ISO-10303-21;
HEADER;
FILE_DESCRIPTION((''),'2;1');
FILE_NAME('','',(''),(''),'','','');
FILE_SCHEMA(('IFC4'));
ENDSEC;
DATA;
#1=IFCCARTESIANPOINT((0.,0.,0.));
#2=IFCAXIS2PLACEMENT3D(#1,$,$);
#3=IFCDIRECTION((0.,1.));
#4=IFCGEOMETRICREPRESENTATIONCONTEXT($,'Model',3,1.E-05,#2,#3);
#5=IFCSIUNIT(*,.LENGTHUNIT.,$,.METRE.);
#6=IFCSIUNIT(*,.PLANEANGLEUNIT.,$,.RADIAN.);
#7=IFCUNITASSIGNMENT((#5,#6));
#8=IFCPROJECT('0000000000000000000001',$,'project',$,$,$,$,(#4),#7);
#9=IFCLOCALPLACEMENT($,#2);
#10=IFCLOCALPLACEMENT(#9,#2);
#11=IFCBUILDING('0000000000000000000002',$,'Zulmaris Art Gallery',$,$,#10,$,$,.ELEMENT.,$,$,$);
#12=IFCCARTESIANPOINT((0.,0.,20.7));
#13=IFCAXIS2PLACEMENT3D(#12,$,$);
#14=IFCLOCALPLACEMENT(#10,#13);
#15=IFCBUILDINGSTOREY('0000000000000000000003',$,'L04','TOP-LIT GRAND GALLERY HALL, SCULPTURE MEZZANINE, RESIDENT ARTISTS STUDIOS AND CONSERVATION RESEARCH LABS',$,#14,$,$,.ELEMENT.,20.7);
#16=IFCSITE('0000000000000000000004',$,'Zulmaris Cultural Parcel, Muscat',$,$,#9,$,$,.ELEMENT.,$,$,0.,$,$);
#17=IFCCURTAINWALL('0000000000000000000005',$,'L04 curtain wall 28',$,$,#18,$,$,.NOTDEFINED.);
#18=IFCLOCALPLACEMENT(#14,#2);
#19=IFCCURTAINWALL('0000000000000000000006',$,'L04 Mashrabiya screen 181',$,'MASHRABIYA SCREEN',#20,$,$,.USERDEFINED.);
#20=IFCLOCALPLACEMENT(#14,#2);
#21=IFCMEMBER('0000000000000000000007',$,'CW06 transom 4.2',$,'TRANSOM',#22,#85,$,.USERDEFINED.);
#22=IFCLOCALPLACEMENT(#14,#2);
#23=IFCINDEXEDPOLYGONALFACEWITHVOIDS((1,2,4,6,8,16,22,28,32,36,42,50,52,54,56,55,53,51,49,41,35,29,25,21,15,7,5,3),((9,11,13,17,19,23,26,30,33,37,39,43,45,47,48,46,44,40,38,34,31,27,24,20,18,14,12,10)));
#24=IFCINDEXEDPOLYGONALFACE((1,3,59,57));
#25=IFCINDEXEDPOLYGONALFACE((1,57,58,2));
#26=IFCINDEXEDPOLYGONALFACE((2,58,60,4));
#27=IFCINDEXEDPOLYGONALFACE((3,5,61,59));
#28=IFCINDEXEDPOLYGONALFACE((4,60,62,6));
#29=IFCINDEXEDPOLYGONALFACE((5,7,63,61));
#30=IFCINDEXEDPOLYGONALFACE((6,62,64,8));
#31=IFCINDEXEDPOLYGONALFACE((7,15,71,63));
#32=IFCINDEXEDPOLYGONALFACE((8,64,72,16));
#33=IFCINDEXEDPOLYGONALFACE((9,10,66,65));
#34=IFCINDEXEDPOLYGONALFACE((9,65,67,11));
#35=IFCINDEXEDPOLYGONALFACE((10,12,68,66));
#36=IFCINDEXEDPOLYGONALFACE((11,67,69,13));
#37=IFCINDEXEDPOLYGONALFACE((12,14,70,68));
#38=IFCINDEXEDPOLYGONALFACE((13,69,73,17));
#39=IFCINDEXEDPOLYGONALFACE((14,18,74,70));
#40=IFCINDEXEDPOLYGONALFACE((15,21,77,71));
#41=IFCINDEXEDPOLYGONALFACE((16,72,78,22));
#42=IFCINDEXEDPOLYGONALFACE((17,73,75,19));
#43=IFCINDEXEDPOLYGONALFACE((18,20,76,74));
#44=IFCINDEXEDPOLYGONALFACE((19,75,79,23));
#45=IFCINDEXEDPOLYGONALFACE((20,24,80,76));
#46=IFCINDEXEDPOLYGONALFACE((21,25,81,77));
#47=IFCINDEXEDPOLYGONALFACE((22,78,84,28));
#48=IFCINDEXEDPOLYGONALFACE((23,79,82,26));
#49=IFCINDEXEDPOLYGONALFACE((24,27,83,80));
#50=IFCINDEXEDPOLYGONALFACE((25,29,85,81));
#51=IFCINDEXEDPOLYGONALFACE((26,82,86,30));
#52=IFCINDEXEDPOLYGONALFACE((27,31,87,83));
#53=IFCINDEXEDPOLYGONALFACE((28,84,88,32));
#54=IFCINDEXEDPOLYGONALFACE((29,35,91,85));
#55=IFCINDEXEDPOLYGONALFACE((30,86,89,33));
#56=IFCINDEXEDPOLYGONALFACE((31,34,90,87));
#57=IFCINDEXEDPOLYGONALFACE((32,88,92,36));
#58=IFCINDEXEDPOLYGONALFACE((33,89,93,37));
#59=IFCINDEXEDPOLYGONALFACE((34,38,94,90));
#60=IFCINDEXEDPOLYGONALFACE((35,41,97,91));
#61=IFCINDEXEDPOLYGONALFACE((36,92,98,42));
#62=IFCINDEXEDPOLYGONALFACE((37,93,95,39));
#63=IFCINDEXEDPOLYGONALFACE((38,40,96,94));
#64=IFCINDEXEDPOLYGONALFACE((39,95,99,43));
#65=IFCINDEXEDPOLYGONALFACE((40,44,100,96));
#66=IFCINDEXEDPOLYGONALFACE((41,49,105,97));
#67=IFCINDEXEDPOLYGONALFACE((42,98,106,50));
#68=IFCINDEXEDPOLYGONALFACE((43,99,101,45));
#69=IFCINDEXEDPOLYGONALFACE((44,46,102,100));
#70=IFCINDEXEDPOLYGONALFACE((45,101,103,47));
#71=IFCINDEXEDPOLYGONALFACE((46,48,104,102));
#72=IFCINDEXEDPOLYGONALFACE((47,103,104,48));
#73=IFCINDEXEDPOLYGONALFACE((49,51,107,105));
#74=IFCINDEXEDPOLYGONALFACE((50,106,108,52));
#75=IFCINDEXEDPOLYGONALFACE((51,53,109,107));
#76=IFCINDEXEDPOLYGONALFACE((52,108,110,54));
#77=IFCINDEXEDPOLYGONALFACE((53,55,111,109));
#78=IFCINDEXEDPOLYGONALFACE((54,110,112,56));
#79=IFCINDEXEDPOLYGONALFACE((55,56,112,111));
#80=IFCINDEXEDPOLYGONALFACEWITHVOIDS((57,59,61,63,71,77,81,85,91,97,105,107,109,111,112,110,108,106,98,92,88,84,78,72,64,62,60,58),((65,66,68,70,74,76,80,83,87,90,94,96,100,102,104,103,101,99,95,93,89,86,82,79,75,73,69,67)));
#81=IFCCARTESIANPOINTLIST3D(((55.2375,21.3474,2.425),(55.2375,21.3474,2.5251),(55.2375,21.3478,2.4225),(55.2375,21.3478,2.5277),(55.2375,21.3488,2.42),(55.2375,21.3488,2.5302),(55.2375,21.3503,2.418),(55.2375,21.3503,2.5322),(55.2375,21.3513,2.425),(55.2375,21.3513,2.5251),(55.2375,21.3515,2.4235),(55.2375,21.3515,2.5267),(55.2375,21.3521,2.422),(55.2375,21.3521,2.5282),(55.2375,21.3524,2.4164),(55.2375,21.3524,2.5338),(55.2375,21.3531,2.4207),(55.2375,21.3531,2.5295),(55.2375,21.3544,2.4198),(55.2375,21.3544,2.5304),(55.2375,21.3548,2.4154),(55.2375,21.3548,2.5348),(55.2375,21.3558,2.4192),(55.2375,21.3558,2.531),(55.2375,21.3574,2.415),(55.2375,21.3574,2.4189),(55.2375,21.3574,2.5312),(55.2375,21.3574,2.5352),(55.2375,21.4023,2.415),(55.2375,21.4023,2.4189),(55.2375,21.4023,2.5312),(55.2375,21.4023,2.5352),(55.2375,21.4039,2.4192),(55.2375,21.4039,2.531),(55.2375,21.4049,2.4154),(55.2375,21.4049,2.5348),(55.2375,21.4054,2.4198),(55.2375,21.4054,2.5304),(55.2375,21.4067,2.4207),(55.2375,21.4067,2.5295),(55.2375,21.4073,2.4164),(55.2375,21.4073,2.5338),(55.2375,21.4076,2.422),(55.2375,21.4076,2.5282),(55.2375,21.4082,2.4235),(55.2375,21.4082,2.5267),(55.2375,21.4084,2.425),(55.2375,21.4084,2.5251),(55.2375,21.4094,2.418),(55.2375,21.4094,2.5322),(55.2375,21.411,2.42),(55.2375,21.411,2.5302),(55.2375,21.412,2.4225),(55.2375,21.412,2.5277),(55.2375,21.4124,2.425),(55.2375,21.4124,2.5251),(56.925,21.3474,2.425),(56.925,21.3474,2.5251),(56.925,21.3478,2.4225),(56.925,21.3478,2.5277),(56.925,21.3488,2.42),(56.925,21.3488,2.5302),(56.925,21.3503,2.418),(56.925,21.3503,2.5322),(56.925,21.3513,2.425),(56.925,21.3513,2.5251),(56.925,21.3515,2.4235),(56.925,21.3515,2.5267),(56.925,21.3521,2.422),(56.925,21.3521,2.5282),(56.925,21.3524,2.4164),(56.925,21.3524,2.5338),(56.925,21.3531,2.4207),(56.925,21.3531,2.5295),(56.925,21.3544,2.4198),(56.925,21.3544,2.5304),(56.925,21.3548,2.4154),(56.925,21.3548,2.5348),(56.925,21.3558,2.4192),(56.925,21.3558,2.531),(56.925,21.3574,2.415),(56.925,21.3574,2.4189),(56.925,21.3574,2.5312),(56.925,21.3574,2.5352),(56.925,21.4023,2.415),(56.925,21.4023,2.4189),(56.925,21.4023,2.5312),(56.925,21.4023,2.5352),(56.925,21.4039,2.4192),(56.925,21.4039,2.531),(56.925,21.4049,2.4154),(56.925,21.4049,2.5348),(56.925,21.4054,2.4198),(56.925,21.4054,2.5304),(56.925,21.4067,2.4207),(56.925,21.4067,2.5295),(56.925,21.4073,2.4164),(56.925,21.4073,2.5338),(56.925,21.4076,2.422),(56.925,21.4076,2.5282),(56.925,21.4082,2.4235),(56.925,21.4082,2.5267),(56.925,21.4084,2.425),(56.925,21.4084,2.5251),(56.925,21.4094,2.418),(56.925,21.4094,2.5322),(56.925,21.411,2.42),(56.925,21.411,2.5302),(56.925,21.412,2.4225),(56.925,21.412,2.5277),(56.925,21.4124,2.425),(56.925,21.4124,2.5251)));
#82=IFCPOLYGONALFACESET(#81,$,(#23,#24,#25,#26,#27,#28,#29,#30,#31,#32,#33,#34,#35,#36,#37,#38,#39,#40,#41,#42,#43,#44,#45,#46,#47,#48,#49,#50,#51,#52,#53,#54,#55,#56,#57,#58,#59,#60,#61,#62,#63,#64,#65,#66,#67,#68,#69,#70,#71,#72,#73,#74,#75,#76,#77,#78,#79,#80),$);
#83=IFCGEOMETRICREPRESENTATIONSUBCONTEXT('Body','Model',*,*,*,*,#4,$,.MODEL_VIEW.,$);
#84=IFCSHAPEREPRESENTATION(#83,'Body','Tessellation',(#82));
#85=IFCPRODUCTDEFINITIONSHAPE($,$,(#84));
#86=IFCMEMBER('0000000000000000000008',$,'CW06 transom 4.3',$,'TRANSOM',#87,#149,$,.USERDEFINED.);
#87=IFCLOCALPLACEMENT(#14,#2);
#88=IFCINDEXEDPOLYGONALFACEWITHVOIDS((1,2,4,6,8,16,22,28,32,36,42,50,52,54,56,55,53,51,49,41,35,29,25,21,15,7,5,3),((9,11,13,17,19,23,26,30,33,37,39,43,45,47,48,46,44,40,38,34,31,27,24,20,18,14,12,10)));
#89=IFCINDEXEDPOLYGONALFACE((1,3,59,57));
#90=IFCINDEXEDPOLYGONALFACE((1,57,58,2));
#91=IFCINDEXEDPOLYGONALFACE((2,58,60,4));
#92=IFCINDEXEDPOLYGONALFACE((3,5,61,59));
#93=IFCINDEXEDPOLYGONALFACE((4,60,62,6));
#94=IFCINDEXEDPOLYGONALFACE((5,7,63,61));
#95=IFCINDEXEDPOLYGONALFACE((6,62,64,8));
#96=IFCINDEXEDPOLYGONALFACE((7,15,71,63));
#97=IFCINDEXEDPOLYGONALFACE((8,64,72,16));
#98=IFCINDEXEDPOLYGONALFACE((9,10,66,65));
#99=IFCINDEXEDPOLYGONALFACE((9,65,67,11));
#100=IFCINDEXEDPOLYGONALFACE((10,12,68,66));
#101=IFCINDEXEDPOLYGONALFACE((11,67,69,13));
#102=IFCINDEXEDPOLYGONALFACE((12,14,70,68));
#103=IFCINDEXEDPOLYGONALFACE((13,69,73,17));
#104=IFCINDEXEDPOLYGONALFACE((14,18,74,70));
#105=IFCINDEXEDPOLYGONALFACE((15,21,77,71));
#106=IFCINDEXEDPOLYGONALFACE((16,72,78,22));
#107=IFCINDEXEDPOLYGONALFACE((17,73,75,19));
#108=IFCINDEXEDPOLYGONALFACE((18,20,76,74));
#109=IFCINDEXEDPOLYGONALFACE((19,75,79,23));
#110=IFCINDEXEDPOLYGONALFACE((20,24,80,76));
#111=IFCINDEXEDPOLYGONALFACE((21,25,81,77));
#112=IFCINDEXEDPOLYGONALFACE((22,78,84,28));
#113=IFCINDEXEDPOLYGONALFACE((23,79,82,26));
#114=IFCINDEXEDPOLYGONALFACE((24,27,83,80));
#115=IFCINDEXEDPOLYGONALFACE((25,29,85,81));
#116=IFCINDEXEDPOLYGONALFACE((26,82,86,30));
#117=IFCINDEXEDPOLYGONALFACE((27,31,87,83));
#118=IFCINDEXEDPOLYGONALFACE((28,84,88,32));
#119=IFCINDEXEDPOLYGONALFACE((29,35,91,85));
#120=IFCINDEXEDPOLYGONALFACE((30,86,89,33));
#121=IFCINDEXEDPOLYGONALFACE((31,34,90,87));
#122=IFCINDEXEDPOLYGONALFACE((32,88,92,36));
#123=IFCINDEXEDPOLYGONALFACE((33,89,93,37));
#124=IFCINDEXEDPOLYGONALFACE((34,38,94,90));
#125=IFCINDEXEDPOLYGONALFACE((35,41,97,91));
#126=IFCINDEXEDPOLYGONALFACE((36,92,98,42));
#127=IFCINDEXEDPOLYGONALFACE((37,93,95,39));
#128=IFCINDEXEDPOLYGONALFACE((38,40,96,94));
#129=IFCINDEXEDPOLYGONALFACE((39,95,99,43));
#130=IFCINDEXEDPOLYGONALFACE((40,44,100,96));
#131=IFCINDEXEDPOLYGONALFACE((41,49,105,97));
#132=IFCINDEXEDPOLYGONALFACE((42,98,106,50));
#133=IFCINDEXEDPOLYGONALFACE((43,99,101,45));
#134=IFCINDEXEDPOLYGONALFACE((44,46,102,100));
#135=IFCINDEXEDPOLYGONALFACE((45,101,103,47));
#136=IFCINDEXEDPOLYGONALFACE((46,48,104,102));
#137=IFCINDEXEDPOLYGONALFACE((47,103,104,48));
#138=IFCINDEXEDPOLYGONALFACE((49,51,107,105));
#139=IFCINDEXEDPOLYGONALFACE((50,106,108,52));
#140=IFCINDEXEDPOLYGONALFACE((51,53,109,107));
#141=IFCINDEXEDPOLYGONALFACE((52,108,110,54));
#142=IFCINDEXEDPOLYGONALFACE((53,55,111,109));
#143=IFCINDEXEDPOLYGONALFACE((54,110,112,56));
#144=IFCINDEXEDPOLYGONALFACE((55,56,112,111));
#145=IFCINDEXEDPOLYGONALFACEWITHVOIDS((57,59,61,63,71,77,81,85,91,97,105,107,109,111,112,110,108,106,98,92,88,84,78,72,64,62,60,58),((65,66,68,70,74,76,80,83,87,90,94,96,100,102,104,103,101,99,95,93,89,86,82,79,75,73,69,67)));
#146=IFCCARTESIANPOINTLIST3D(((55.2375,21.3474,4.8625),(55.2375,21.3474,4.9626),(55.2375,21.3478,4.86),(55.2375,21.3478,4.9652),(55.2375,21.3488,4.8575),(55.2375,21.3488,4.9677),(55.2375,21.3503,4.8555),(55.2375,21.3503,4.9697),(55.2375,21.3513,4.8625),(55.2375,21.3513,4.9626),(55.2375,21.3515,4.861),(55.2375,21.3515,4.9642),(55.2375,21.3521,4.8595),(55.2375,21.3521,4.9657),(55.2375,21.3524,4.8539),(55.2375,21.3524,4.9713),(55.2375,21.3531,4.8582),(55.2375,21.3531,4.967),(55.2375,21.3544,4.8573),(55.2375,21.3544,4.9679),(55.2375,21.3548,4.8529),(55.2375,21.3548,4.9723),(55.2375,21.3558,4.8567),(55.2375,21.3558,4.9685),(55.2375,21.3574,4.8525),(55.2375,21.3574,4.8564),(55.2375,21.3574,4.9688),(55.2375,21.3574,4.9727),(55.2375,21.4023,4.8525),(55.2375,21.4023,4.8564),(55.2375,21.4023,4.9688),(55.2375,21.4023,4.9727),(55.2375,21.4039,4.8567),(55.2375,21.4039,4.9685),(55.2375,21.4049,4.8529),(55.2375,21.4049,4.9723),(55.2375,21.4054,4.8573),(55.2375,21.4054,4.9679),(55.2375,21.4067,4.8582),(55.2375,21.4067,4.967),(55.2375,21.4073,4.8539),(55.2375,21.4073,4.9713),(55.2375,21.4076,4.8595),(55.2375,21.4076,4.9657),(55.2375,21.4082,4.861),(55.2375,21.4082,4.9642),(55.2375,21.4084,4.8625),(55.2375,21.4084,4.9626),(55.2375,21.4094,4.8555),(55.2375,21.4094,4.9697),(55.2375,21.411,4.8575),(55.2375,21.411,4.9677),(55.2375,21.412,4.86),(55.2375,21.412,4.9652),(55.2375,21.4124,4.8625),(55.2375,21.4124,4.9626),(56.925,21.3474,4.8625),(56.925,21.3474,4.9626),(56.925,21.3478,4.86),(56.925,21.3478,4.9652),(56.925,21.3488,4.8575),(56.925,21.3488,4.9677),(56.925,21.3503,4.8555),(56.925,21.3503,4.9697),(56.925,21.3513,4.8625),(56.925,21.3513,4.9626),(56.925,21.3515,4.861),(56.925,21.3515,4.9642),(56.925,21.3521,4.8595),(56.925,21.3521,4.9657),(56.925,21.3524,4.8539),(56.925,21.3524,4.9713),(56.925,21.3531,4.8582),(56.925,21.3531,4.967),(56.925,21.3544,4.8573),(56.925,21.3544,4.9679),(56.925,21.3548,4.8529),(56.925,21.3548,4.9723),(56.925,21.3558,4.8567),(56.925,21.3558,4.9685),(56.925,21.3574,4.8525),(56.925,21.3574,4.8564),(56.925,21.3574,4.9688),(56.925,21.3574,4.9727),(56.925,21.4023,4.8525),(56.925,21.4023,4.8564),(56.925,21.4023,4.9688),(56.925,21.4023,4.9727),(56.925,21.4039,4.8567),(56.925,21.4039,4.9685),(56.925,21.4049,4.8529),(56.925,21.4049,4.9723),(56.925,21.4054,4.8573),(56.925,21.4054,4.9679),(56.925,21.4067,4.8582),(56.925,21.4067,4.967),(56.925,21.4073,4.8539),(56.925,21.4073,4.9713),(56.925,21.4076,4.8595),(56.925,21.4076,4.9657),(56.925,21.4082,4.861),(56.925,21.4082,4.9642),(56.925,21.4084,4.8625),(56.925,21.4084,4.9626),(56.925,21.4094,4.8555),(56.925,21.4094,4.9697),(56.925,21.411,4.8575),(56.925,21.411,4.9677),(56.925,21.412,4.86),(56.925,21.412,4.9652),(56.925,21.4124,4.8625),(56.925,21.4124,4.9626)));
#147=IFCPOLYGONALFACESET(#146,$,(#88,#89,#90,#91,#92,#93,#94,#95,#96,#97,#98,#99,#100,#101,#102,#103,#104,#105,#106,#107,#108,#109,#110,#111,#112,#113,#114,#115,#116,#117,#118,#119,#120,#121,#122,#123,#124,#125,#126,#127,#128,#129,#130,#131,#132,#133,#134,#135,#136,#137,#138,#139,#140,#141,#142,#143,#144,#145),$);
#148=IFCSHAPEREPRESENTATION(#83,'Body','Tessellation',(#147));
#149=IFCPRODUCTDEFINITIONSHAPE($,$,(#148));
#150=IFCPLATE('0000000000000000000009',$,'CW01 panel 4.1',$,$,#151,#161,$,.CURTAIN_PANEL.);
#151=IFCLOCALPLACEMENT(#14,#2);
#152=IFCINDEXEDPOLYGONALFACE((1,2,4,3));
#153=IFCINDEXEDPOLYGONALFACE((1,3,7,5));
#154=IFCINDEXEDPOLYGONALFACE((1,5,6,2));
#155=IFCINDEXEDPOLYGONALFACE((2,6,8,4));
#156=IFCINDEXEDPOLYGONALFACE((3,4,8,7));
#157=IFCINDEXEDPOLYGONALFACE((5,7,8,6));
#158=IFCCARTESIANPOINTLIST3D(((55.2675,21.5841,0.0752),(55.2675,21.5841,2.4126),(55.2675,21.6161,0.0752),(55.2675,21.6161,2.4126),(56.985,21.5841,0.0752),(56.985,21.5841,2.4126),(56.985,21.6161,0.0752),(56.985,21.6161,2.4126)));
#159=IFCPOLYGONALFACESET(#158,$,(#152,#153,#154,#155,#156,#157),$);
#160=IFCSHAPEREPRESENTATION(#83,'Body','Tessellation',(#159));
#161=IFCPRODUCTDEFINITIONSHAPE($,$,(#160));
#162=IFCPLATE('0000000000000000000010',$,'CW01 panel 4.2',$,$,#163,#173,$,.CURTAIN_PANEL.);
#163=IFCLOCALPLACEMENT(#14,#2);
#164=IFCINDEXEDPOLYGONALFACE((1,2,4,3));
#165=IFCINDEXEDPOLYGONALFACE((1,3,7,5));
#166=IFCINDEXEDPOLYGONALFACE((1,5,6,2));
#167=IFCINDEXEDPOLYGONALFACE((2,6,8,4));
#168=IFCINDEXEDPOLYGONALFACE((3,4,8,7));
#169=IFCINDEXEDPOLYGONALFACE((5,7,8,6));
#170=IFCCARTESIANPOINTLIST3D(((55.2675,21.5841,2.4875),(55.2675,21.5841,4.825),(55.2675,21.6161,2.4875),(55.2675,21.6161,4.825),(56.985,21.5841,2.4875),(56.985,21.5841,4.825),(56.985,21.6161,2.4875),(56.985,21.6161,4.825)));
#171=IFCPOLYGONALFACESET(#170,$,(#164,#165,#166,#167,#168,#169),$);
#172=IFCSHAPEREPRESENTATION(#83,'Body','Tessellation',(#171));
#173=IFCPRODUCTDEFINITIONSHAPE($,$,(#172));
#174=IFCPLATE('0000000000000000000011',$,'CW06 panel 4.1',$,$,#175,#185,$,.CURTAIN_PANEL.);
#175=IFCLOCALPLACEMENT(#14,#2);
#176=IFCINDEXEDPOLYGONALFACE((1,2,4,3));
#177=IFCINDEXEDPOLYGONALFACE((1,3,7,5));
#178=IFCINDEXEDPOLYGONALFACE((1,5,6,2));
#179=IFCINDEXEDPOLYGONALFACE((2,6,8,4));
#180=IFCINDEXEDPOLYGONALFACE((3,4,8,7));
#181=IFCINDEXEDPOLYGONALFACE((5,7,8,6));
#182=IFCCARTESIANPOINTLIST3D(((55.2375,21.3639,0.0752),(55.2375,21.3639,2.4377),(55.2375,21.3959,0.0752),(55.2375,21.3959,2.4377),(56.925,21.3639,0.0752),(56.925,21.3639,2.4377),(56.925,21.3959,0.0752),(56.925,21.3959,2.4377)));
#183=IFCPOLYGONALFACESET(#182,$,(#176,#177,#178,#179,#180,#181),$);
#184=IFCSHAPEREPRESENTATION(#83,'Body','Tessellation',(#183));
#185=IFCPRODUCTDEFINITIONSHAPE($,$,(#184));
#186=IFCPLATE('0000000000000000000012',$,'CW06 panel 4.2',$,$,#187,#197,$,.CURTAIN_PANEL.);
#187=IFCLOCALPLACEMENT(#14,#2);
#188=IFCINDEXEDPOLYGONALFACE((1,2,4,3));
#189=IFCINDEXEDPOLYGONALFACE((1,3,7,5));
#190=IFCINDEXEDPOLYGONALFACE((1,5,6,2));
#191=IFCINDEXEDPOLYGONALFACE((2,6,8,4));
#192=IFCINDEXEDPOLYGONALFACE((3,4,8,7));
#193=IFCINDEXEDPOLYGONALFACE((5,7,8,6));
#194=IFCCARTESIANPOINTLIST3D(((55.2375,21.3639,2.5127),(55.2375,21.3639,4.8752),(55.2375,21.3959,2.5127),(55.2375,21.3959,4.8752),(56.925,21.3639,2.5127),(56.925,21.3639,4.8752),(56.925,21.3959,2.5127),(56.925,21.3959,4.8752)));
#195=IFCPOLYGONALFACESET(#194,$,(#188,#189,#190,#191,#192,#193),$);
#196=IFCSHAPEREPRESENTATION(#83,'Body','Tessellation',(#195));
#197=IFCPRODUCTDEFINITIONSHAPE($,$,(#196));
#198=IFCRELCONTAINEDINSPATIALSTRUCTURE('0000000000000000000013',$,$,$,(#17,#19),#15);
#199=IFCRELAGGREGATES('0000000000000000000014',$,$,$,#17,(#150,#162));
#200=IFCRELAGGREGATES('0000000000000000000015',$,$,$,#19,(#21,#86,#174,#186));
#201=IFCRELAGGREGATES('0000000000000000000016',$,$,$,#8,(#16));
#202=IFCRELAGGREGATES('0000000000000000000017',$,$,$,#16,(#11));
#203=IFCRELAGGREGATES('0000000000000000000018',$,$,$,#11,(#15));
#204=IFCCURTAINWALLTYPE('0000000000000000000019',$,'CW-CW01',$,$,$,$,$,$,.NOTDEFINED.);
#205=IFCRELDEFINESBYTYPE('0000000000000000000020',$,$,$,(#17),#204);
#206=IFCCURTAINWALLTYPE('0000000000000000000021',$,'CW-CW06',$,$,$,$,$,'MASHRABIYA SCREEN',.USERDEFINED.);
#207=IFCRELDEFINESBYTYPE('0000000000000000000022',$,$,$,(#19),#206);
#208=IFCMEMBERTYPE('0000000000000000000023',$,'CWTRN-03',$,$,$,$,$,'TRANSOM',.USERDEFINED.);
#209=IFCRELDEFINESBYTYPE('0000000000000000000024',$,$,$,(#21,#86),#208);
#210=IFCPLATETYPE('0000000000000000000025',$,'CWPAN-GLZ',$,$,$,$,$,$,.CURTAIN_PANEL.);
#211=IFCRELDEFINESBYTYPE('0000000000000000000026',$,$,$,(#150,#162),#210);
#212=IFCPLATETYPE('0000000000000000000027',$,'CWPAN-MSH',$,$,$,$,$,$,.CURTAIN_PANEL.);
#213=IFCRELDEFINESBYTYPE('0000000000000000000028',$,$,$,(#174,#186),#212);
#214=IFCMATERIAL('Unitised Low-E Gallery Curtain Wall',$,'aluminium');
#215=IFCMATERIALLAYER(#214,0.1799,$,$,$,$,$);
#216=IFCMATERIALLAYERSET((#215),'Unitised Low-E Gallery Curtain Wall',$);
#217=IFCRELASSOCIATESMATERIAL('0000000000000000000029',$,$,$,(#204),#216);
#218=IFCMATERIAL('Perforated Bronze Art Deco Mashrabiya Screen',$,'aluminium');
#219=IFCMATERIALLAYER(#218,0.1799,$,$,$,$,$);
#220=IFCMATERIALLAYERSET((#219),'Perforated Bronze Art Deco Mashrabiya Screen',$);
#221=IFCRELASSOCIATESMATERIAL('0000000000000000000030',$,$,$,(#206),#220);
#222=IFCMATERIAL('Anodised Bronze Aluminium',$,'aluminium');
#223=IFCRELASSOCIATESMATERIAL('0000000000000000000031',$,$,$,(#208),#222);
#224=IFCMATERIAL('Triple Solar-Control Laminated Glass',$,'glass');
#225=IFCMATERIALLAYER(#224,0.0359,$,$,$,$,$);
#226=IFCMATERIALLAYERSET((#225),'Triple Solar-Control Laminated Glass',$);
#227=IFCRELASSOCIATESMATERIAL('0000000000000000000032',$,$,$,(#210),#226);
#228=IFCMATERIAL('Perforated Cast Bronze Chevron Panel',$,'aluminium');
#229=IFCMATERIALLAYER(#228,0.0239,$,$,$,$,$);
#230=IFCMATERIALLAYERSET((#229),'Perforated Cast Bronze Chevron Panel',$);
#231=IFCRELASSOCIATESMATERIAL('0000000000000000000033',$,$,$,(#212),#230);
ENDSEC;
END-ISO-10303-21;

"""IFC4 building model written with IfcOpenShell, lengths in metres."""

from ifc_helpers import new_model, si_unit, direction, frame, origin, origin_2d, place, context, subcontext, project, spatial, rectangle, hollow_rectangle, extrude, material, layer, layer_set, material_profile, profile_set, type_object, element, aggregate, save


model = new_model("IFC4")

# Units and contexts
model_context = context("Model", 3, precision=1e-05, world=origin(), true_north=direction((0.0, 1.0)))
body_context = subcontext(model_context, "Body", "Model", "MODEL_VIEW")
ifc_project = project(units=[si_unit("LENGTHUNIT", "METRE"), si_unit("PLANEANGLEUNIT", "RADIAN")], contexts=[model_context])

# Site, building, storey
site_placement = place(None, origin())
site = spatial("IfcSite", under=ifc_project, at=site_placement, Name="Zulmaris Cultural Parcel, Muscat", CompositionType="ELEMENT", RefElevation=0.0)
building_placement = place(site_placement, origin())
building = spatial("IfcBuilding", under=site, at=building_placement, Name="Zulmaris Art Gallery", CompositionType="ELEMENT")
storey_placement = place(building_placement, frame((0.0, 0.0, 20.7)))
storey = spatial("IfcBuildingStorey", under=building, at=storey_placement, Name="L04", Description="TOP-LIT GRAND GALLERY HALL, SCULPTURE MEZZANINE, RESIDENT ARTISTS STUDIOS AND CONSERVATION RESEARCH LABS", CompositionType="ELEMENT", Elevation=20.7)

# Curtain wall
ifc_material_1 = material(Name="Unitised Low-E Gallery Curtain Wall", Category="aluminium")
ifc_layer_1 = layer(ifc_material_1, 0.1799)
ifc_layer_set_1 = layer_set([ifc_layer_1], Name="Unitised Low-E Gallery Curtain Wall")
curtain_wall_type_1 = type_object("IfcCurtainWallType", Name="CW-CW01", PredefinedType="NOTDEFINED", material=ifc_layer_set_1)
curtain_wall_1_placement = place(storey_placement, origin())
curtain_wall_1 = element("IfcCurtainWall", 1, at=curtain_wall_1_placement, inside=storey, type_object=curtain_wall_type_1, Name="L04 curtain wall 28", PredefinedType="NOTDEFINED")
ifc_material_2 = material(Name="Anodised Bronze Aluminium", Category="aluminium")

# Curtain wall
ifc_material_3 = material(Name="Perforated Bronze Art Deco Mashrabiya Screen", Category="aluminium")
ifc_layer_2 = layer(ifc_material_3, 0.1799)
ifc_layer_set_2 = layer_set([ifc_layer_2], Name="Perforated Bronze Art Deco Mashrabiya Screen")
curtain_wall_type_2 = type_object("IfcCurtainWallType", Name="CW-CW06", ElementType="MASHRABIYA SCREEN", PredefinedType="USERDEFINED", material=ifc_layer_set_2)
curtain_wall_2_placement = place(storey_placement, origin())
curtain_wall_2 = element("IfcCurtainWall", 2, at=curtain_wall_2_placement, inside=storey, type_object=curtain_wall_type_2, Name="L04 Mashrabiya screen 181", ObjectType="MASHRABIYA SCREEN", PredefinedType="USERDEFINED")

# Members
ifc_material_profile_1 = material_profile(ifc_material_2, hollow_rectangle(XDim=0.0649, YDim=0.1201, WallThickness=0.0039, InnerFilletRadius=0.0061, OuterFilletRadius=0.01, at=origin_2d()), Name="ALU 65x120x4")
ifc_profile_set_1 = profile_set([ifc_material_profile_1], Name="Anodised Bronze Aluminium")
member_type_1 = type_object("IfcMemberType", Name="CWTRN-03", ElementType="TRANSOM", PredefinedType="USERDEFINED", material=ifc_profile_set_1)
member_1_placement = place(storey_placement, frame((55.2375, 21.3799, 2.4751), z_axis=(1.0, 0.0, 0.0), x_axis=(0.0, 1.0, 0.0)))
member_1 = element("IfcMember", 3, at=member_1_placement, type_object=member_type_1, Name="CW06 transom 4.2", ObjectType="TRANSOM", PredefinedType="USERDEFINED", context=body_context, shape_type="SweptSolid", body=[
    extrude(hollow_rectangle(XDim=0.0649, YDim=0.1201, WallThickness=0.0039, InnerFilletRadius=0.0061, OuterFilletRadius=0.01, at=origin_2d()), origin(), (0.0, 0.0, 1.0), 1.6875),
])
member_2_placement = place(storey_placement, frame((55.2375, 21.3799, 4.9126), z_axis=(1.0, 0.0, 0.0), x_axis=(0.0, 1.0, 0.0)))
member_2 = element("IfcMember", 4, at=member_2_placement, type_object=member_type_1, Name="CW06 transom 4.3", ObjectType="TRANSOM", PredefinedType="USERDEFINED", context=body_context, shape_type="SweptSolid", body=[
    extrude(hollow_rectangle(XDim=0.0649, YDim=0.1201, WallThickness=0.0039, InnerFilletRadius=0.0061, OuterFilletRadius=0.01, at=origin_2d()), origin(), (0.0, 0.0, 1.0), 1.6875),
])

# Plates
ifc_material_4 = material(Name="Triple Solar-Control Laminated Glass", Category="glass")
ifc_layer_3 = layer(ifc_material_4, 0.0359)
ifc_layer_set_3 = layer_set([ifc_layer_3], Name="Triple Solar-Control Laminated Glass")
plate_type_1 = type_object("IfcPlateType", Name="CWPAN-GLZ", PredefinedType="CURTAIN_PANEL", material=ifc_layer_set_3)
plate_1_placement = place(storey_placement, frame((56.1262, 21.6001, 0.0752), z_axis=(0.0, 0.0, 1.0), x_axis=(1.0, 0.0, 0.0)))
plate_1 = element("IfcPlate", 5, at=plate_1_placement, type_object=plate_type_1, Name="CW01 panel 4.1", PredefinedType="CURTAIN_PANEL", context=body_context, shape_type="SweptSolid", body=[
    extrude(rectangle(XDim=1.7175, YDim=0.032, at=origin_2d()), origin(), (0.0, 0.0, 1.0), 2.3374),
])
plate_2_placement = place(storey_placement, frame((56.1262, 21.6001, 2.4875), z_axis=(0.0, 0.0, 1.0), x_axis=(1.0, 0.0, 0.0)))
plate_2 = element("IfcPlate", 6, at=plate_2_placement, type_object=plate_type_1, Name="CW01 panel 4.2", PredefinedType="CURTAIN_PANEL", context=body_context, shape_type="SweptSolid", body=[
    extrude(rectangle(XDim=1.7175, YDim=0.032, at=origin_2d()), origin(), (0.0, 0.0, 1.0), 2.3374),
])
aggregate(curtain_wall_1, [plate_1, plate_2])
ifc_material_5 = material(Name="Perforated Cast Bronze Chevron Panel", Category="aluminium")
ifc_layer_4 = layer(ifc_material_5, 0.0239)
ifc_layer_set_4 = layer_set([ifc_layer_4], Name="Perforated Cast Bronze Chevron Panel")
plate_type_2 = type_object("IfcPlateType", Name="CWPAN-MSH", PredefinedType="CURTAIN_PANEL", material=ifc_layer_set_4)
plate_3_placement = place(storey_placement, frame((56.0813, 21.3799, 0.0752), z_axis=(0.0, 0.0, 1.0), x_axis=(1.0, 0.0, 0.0)))
plate_3 = element("IfcPlate", 7, at=plate_3_placement, type_object=plate_type_2, Name="CW06 panel 4.1", PredefinedType="CURTAIN_PANEL", context=body_context, shape_type="SweptSolid", body=[
    extrude(rectangle(XDim=1.6875, YDim=0.032, at=origin_2d()), origin(), (0.0, 0.0, 1.0), 2.3625),
])
plate_4_placement = place(storey_placement, frame((56.0813, 21.3799, 2.5127), z_axis=(0.0, 0.0, 1.0), x_axis=(1.0, 0.0, 0.0)))
plate_4 = element("IfcPlate", 8, at=plate_4_placement, type_object=plate_type_2, Name="CW06 panel 4.2", PredefinedType="CURTAIN_PANEL", context=body_context, shape_type="SweptSolid", body=[
    extrude(rectangle(XDim=1.6875, YDim=0.032, at=origin_2d()), origin(), (0.0, 0.0, 1.0), 2.3625),
])
aggregate(curtain_wall_2, [member_1, member_2, plate_3, plate_4])

save(model, "model.ifc")
